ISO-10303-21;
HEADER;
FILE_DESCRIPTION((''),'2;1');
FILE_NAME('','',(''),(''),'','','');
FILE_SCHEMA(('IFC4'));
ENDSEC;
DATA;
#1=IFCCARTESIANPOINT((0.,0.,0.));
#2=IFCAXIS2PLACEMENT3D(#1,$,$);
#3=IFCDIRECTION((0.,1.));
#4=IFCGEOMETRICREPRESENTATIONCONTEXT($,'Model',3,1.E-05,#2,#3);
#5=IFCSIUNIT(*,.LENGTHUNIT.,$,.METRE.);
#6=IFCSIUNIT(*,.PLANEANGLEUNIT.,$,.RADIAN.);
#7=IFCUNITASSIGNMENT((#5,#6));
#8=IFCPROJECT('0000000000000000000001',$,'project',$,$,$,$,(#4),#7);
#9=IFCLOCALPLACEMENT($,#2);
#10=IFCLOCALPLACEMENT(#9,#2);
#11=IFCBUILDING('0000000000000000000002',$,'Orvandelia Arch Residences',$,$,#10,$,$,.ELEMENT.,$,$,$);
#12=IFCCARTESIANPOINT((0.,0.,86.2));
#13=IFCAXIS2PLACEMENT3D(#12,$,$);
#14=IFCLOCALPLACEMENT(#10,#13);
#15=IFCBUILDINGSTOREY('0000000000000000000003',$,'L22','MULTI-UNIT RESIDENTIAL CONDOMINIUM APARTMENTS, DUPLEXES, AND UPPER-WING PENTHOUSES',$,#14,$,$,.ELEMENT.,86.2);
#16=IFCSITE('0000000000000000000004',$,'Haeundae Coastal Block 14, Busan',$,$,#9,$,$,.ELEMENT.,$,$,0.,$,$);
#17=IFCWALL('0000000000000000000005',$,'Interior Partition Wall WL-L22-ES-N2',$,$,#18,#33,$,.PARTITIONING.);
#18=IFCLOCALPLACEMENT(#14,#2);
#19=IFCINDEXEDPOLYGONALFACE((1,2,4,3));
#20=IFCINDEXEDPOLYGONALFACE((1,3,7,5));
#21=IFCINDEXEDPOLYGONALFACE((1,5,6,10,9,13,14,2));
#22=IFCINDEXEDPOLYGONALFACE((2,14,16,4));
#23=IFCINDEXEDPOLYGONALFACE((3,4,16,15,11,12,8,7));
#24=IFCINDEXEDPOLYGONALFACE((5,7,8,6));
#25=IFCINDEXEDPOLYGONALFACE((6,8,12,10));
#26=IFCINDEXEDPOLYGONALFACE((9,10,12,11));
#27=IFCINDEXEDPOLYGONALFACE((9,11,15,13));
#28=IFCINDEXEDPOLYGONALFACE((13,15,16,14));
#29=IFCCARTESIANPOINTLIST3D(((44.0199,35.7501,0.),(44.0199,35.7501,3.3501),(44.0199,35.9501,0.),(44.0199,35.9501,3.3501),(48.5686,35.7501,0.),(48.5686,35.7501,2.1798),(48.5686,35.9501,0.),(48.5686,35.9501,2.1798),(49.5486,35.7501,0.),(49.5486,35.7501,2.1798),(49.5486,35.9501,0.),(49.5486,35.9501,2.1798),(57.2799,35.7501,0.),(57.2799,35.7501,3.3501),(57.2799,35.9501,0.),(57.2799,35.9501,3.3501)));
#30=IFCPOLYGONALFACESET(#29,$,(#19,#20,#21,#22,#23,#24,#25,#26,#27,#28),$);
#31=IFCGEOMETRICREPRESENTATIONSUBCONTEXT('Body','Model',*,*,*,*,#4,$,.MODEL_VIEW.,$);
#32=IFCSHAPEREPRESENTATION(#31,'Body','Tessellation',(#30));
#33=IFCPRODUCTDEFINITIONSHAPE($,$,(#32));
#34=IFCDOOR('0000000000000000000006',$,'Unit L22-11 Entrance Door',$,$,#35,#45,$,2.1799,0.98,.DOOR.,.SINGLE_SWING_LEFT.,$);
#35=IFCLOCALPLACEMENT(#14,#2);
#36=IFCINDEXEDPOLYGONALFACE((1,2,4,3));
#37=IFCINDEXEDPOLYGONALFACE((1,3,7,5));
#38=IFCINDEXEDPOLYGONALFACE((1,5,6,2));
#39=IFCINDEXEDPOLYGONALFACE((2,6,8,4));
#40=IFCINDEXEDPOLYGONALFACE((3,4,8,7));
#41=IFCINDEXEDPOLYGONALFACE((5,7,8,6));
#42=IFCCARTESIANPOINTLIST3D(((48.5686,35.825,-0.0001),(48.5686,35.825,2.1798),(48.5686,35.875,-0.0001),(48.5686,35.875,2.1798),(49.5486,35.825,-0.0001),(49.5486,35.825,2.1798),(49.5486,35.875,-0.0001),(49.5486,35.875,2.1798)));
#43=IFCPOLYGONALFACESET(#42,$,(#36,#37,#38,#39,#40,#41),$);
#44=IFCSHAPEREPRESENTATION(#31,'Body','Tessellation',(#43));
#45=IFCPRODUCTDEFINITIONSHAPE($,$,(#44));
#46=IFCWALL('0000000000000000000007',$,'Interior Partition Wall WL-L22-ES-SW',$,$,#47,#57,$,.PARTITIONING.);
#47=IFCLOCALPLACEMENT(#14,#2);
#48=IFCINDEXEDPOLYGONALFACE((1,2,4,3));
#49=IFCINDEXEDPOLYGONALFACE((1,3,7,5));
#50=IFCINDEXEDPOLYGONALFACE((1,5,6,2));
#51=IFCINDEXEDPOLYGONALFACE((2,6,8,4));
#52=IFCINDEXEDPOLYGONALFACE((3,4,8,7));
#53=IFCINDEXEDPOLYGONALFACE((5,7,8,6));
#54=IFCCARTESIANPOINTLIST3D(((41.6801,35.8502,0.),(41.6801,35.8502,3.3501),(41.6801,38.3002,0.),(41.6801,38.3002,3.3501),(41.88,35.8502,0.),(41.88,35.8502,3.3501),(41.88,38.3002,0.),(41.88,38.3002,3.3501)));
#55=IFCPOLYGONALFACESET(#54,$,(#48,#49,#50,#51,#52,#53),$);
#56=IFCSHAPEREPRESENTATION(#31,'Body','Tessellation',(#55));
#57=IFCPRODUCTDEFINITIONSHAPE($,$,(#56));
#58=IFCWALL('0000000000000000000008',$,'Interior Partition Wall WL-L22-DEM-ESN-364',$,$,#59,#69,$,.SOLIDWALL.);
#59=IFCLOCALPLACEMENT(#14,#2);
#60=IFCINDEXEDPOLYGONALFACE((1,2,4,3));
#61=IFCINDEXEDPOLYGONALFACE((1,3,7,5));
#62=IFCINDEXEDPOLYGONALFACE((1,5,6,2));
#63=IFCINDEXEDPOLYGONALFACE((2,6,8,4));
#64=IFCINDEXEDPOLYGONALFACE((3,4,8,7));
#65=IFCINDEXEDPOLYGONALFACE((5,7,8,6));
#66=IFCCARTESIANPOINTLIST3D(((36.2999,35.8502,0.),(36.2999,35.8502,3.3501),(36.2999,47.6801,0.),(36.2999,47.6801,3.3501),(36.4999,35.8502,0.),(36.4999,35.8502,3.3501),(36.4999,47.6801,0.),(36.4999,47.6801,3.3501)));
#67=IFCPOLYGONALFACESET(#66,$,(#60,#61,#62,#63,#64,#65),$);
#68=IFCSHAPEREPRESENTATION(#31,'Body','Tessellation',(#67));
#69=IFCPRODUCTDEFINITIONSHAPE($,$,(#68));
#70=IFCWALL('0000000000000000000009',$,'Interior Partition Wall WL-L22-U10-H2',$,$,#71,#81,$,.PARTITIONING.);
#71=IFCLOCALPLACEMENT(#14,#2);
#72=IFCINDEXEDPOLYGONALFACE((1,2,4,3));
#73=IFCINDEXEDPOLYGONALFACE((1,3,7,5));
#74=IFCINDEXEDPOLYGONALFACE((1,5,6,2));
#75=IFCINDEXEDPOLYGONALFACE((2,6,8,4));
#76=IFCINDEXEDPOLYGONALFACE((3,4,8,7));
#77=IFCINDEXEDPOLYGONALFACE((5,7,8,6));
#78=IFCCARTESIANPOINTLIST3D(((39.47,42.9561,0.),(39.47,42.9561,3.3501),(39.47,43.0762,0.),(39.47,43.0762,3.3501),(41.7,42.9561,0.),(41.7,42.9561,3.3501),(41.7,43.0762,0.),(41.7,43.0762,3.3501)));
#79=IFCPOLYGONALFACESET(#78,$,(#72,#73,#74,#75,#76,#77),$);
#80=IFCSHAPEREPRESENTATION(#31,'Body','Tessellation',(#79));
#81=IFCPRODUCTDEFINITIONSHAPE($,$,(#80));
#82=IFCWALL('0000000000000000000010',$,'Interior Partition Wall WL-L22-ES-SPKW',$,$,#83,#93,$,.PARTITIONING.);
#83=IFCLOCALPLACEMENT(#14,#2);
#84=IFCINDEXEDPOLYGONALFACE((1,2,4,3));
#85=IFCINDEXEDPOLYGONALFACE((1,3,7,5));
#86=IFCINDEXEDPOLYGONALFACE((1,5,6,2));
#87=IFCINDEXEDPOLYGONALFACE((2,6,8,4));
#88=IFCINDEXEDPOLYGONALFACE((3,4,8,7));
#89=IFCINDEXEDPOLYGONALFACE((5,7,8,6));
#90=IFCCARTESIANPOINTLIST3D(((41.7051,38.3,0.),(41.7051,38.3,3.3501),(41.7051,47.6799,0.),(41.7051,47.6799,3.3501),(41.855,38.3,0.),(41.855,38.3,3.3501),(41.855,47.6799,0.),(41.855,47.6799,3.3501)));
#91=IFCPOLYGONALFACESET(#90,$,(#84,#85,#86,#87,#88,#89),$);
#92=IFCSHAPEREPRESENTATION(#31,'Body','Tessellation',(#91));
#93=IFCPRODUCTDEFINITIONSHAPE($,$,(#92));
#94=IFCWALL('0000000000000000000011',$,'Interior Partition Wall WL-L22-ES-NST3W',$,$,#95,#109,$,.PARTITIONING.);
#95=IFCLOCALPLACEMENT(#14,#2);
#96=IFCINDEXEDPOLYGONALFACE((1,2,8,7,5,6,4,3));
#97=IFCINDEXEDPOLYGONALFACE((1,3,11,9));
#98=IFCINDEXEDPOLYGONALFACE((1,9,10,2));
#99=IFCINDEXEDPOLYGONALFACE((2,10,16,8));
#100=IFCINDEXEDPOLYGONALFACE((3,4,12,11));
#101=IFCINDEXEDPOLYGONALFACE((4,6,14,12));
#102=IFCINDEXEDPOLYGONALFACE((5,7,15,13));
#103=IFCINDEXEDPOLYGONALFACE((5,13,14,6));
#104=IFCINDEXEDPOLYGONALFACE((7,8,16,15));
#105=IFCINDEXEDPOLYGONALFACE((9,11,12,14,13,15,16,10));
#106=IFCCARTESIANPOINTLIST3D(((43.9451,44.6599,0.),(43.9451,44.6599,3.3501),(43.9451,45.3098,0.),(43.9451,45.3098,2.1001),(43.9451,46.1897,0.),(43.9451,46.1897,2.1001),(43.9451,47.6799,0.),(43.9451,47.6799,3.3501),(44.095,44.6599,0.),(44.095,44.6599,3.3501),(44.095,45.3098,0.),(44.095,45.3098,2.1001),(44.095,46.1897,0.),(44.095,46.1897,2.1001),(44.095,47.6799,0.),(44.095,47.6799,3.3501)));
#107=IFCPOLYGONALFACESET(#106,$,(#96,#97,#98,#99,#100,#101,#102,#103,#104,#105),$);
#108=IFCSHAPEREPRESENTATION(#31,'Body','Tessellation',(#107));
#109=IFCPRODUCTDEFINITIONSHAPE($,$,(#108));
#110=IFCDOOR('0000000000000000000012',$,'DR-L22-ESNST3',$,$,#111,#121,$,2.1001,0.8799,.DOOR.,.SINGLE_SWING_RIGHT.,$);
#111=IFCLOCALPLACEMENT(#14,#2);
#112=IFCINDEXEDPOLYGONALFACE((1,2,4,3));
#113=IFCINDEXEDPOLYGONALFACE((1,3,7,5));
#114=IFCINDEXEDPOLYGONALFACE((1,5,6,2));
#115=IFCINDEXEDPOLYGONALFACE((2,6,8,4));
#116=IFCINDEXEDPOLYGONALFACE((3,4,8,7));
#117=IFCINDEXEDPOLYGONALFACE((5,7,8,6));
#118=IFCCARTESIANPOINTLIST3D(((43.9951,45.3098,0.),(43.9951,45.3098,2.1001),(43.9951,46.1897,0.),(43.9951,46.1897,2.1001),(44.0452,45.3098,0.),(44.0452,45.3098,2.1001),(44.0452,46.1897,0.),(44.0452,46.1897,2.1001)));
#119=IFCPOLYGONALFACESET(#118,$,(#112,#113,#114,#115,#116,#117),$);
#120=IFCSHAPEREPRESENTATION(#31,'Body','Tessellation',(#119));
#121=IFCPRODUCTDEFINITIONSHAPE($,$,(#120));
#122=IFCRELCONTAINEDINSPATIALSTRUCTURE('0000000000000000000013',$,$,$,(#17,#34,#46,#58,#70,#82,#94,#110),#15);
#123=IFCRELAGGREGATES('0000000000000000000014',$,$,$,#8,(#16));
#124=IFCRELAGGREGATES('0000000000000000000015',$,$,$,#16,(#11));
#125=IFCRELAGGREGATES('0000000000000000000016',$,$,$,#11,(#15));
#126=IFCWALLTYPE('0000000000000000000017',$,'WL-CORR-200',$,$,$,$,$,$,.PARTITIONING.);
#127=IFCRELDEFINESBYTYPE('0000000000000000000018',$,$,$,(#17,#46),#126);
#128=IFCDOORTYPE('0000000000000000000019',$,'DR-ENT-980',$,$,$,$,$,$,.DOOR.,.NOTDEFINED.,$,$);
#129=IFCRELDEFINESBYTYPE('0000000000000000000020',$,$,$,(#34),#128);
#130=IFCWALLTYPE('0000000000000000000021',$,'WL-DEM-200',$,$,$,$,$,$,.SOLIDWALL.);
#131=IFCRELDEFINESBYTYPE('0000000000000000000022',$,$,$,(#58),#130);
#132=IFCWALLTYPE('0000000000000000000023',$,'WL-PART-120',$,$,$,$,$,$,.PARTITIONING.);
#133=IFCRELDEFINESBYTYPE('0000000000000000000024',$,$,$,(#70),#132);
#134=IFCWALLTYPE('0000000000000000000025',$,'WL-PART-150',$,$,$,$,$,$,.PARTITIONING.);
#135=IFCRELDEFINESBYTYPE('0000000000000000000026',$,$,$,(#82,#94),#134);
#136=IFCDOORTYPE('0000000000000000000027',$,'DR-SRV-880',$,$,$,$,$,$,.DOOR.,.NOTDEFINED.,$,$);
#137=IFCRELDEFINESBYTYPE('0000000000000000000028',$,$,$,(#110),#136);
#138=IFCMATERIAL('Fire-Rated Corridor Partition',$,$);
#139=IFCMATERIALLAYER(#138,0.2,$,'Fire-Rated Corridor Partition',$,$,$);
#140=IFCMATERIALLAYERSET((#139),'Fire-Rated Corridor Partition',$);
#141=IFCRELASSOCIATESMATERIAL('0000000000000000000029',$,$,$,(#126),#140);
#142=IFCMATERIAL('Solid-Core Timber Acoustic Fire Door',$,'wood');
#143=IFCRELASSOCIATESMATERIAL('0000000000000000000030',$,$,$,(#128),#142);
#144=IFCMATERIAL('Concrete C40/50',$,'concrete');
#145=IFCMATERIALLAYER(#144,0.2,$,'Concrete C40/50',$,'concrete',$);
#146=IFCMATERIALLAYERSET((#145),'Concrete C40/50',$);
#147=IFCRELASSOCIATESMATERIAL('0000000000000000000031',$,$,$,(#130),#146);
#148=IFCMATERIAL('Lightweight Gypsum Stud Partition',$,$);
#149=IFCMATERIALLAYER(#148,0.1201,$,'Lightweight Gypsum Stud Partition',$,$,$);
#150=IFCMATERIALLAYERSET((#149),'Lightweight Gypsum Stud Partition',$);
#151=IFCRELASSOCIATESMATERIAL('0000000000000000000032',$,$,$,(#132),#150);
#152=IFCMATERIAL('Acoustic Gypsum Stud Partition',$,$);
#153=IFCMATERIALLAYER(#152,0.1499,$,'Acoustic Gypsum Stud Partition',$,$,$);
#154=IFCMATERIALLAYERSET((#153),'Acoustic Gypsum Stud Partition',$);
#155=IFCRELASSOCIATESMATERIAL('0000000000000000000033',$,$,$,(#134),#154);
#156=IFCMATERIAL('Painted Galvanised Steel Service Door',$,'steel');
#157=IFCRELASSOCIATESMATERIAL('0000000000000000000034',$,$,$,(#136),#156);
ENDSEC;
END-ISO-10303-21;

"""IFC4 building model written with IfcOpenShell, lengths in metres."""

from ifc_helpers import new_model, si_unit, direction, frame, frame_2d, origin, place, context, subcontext, project, spatial, rectangle, extrude, material, layer, layer_set, type_object, element, fill, save


model = new_model("IFC4")

# Units and contexts
model_context = context("Model", 3, precision=1e-05, world=origin(), true_north=direction((0.0, 1.0)))
body_context = subcontext(model_context, "Body", "Model", "MODEL_VIEW")
ifc_project = project(units=[si_unit("LENGTHUNIT", "METRE"), si_unit("PLANEANGLEUNIT", "RADIAN")], contexts=[model_context])

# Site, building, storey
site_placement = place(None, origin())
site = spatial("IfcSite", under=ifc_project, at=site_placement, Name="Haeundae Coastal Block 14, Busan", CompositionType="ELEMENT", RefElevation=0.0)
building_placement = place(site_placement, origin())
building = spatial("IfcBuilding", under=site, at=building_placement, Name="Orvandelia Arch Residences", CompositionType="ELEMENT")
storey_placement = place(building_placement, frame((0.0, 0.0, 86.2)))
storey = spatial("IfcBuildingStorey", under=building, at=storey_placement, Name="L22", Description="MULTI-UNIT RESIDENTIAL CONDOMINIUM APARTMENTS, DUPLEXES, AND UPPER-WING PENTHOUSES", CompositionType="ELEMENT", Elevation=86.2)

# Wall, opening, door
ifc_material_1 = material(Name="Fire-Rated Corridor Partition")
ifc_layer_1 = layer(ifc_material_1, 0.2, Name="Fire-Rated Corridor Partition")
ifc_layer_set_1 = layer_set([ifc_layer_1], Name="Fire-Rated Corridor Partition")
wall_type_1 = type_object("IfcWallType", Name="WL-CORR-200", PredefinedType="PARTITIONING", material=ifc_layer_set_1)
wall_1_placement = place(storey_placement, frame((44.02, 35.8501, 0.0), z_axis=(0.0, 0.0, 1.0), x_axis=(1.0, 0.0, 0.0)))
wall_1 = element("IfcWall", 1, at=wall_1_placement, inside=storey, type_object=wall_type_1, Name="Interior Partition Wall WL-L22-ES-N2", PredefinedType="PARTITIONING", context=body_context, shape_type="SweptSolid", body=[
    extrude(rectangle(XDim=13.26, YDim=0.2, at=frame_2d((6.6299, 0.0))), origin(), (0.0, 0.0, 1.0), 3.3501),
])
opening_1_placement = place(wall_1_placement, frame((4.5486, 0.0, 0.0)))
opening_1 = element("IfcOpeningElement", 2, at=opening_1_placement, cuts=wall_1, PredefinedType="OPENING", context=body_context, shape_type="SweptSolid", body=[
    extrude(rectangle(XDim=0.98, YDim=2.1799, at=frame_2d((0.49, 1.0898))), frame((0.0, 0.1099, 0.0), z_axis=(0.0, -1.0, 0.0), x_axis=(1.0, 0.0, 0.0)), (0.0, 0.0, 1.0), 0.22),
])
ifc_material_2 = material(Name="Solid-Core Timber Acoustic Fire Door", Category="wood")
door_type_1 = type_object("IfcDoorType", Name="DR-ENT-980", OperationType="NOTDEFINED", PredefinedType="DOOR", material=ifc_material_2)
door_1_placement = place(opening_1_placement, origin())
door_1 = element("IfcDoor", 3, at=door_1_placement, inside=storey, type_object=door_type_1, Name="Unit L22-11 Entrance Door", OperationType="SINGLE_SWING_LEFT", OverallHeight=2.1799, OverallWidth=0.98, PredefinedType="DOOR", context=body_context, shape_type="SweptSolid", body=[
    extrude(rectangle(XDim=0.98, YDim=2.1799, at=frame_2d((0.49, 1.0898))), frame((0.0, 0.0249, 0.0), z_axis=(0.0, -1.0, 0.0), x_axis=(1.0, 0.0, 0.0)), (0.0, 0.0, 1.0), 0.05),
])
fill(opening_1, door_1)

# Wall
wall_2_placement = place(storey_placement, frame((41.78, 35.8501, 0.0), z_axis=(0.0, 0.0, 1.0), x_axis=(0.0, 1.0, 0.0)))
element("IfcWall", 4, at=wall_2_placement, inside=storey, type_object=wall_type_1, Name="Interior Partition Wall WL-L22-ES-SW", PredefinedType="PARTITIONING", context=body_context, shape_type="SweptSolid", body=[
    extrude(rectangle(XDim=2.45, YDim=0.2, at=frame_2d((1.2251, 0.0))), origin(), (0.0, 0.0, 1.0), 3.3501),
])

# Walls
ifc_material_3 = material(Name="Concrete C40/50", Category="concrete")
ifc_layer_2 = layer(ifc_material_3, 0.2, Name="Concrete C40/50", Category="concrete")
ifc_layer_set_2 = layer_set([ifc_layer_2], Name="Concrete C40/50")
wall_type_2 = type_object("IfcWallType", Name="WL-DEM-200", PredefinedType="SOLIDWALL", material=ifc_layer_set_2)
wall_3_placement = place(storey_placement, frame((36.3999, 35.8501, 0.0), z_axis=(0.0, 0.0, 1.0), x_axis=(0.0, 1.0, 0.0)))
element("IfcWall", 5, at=wall_3_placement, inside=storey, type_object=wall_type_2, Name="Interior Partition Wall WL-L22-DEM-ESN-364", PredefinedType="SOLIDWALL", context=body_context, shape_type="SweptSolid", body=[
    extrude(rectangle(XDim=11.8298, YDim=0.2, at=frame_2d((5.915, 0.0))), origin(), (0.0, 0.0, 1.0), 3.3501),
])
ifc_material_4 = material(Name="Lightweight Gypsum Stud Partition")
ifc_layer_3 = layer(ifc_material_4, 0.1201, Name="Lightweight Gypsum Stud Partition")
ifc_layer_set_3 = layer_set([ifc_layer_3], Name="Lightweight Gypsum Stud Partition")
wall_type_3 = type_object("IfcWallType", Name="WL-PART-120", PredefinedType="PARTITIONING", material=ifc_layer_set_3)
wall_4_placement = place(storey_placement, frame((39.47, 43.0161, 0.0), z_axis=(0.0, 0.0, 1.0), x_axis=(1.0, 0.0, 0.0)))
element("IfcWall", 6, at=wall_4_placement, inside=storey, type_object=wall_type_3, Name="Interior Partition Wall WL-L22-U10-H2", PredefinedType="PARTITIONING", context=body_context, shape_type="SweptSolid", body=[
    extrude(rectangle(XDim=2.23, YDim=0.1201, at=frame_2d((1.115, 0.0))), origin(), (0.0, 0.0, 1.0), 3.3501),
])
ifc_material_5 = material(Name="Acoustic Gypsum Stud Partition")
ifc_layer_4 = layer(ifc_material_5, 0.1499, Name="Acoustic Gypsum Stud Partition")
ifc_layer_set_4 = layer_set([ifc_layer_4], Name="Acoustic Gypsum Stud Partition")
wall_type_4 = type_object("IfcWallType", Name="WL-PART-150", PredefinedType="PARTITIONING", material=ifc_layer_set_4)
wall_5_placement = place(storey_placement, frame((41.78, 38.3, 0.0), z_axis=(0.0, 0.0, 1.0), x_axis=(0.0, 1.0, 0.0)))
element("IfcWall", 7, at=wall_5_placement, inside=storey, type_object=wall_type_4, Name="Interior Partition Wall WL-L22-ES-SPKW", PredefinedType="PARTITIONING", context=body_context, shape_type="SweptSolid", body=[
    extrude(rectangle(XDim=9.3799, YDim=0.1499, at=frame_2d((4.6899, 0.0))), origin(), (0.0, 0.0, 1.0), 3.3501),
])

# Wall, opening, door
wall_6_placement = place(storey_placement, frame((44.02, 44.6599, 0.0), z_axis=(0.0, 0.0, 1.0), x_axis=(0.0, 1.0, 0.0)))
wall_6 = element("IfcWall", 8, at=wall_6_placement, inside=storey, type_object=wall_type_4, Name="Interior Partition Wall WL-L22-ES-NST3W", PredefinedType="PARTITIONING", context=body_context, shape_type="SweptSolid", body=[
    extrude(rectangle(XDim=3.02, YDim=0.1499, at=frame_2d((1.51, 0.0))), origin(), (0.0, 0.0, 1.0), 3.3501),
])
opening_2_placement = place(wall_6_placement, frame((0.6499, 0.0, 0.0)))
opening_2 = element("IfcOpeningElement", 9, at=opening_2_placement, cuts=wall_6, PredefinedType="OPENING", context=body_context, shape_type="SweptSolid", body=[
    extrude(rectangle(XDim=0.8799, YDim=2.1001, at=frame_2d((0.4399, 1.05))), frame((0.0, 0.085, 0.0), z_axis=(0.0, -1.0, 0.0), x_axis=(1.0, 0.0, 0.0)), (0.0, 0.0, 1.0), 0.1699),
])
ifc_material_6 = material(Name="Painted Galvanised Steel Service Door", Category="steel")
door_type_2 = type_object("IfcDoorType", Name="DR-SRV-880", OperationType="NOTDEFINED", PredefinedType="DOOR", material=ifc_material_6)
door_2_placement = place(opening_2_placement, origin())
door_2 = element("IfcDoor", 10, at=door_2_placement, inside=storey, type_object=door_type_2, Name="DR-L22-ESNST3", OperationType="SINGLE_SWING_RIGHT", OverallHeight=2.1001, OverallWidth=0.8799, PredefinedType="DOOR", context=body_context, shape_type="SweptSolid", body=[
    extrude(rectangle(XDim=0.8799, YDim=2.1001, at=frame_2d((0.4399, 1.05))), frame((0.0, 0.0249, 0.0), z_axis=(0.0, -1.0, 0.0), x_axis=(1.0, 0.0, 0.0)), (0.0, 0.0, 1.0), 0.05),
])
fill(opening_2, door_2)

save(model, "model.ifc")
